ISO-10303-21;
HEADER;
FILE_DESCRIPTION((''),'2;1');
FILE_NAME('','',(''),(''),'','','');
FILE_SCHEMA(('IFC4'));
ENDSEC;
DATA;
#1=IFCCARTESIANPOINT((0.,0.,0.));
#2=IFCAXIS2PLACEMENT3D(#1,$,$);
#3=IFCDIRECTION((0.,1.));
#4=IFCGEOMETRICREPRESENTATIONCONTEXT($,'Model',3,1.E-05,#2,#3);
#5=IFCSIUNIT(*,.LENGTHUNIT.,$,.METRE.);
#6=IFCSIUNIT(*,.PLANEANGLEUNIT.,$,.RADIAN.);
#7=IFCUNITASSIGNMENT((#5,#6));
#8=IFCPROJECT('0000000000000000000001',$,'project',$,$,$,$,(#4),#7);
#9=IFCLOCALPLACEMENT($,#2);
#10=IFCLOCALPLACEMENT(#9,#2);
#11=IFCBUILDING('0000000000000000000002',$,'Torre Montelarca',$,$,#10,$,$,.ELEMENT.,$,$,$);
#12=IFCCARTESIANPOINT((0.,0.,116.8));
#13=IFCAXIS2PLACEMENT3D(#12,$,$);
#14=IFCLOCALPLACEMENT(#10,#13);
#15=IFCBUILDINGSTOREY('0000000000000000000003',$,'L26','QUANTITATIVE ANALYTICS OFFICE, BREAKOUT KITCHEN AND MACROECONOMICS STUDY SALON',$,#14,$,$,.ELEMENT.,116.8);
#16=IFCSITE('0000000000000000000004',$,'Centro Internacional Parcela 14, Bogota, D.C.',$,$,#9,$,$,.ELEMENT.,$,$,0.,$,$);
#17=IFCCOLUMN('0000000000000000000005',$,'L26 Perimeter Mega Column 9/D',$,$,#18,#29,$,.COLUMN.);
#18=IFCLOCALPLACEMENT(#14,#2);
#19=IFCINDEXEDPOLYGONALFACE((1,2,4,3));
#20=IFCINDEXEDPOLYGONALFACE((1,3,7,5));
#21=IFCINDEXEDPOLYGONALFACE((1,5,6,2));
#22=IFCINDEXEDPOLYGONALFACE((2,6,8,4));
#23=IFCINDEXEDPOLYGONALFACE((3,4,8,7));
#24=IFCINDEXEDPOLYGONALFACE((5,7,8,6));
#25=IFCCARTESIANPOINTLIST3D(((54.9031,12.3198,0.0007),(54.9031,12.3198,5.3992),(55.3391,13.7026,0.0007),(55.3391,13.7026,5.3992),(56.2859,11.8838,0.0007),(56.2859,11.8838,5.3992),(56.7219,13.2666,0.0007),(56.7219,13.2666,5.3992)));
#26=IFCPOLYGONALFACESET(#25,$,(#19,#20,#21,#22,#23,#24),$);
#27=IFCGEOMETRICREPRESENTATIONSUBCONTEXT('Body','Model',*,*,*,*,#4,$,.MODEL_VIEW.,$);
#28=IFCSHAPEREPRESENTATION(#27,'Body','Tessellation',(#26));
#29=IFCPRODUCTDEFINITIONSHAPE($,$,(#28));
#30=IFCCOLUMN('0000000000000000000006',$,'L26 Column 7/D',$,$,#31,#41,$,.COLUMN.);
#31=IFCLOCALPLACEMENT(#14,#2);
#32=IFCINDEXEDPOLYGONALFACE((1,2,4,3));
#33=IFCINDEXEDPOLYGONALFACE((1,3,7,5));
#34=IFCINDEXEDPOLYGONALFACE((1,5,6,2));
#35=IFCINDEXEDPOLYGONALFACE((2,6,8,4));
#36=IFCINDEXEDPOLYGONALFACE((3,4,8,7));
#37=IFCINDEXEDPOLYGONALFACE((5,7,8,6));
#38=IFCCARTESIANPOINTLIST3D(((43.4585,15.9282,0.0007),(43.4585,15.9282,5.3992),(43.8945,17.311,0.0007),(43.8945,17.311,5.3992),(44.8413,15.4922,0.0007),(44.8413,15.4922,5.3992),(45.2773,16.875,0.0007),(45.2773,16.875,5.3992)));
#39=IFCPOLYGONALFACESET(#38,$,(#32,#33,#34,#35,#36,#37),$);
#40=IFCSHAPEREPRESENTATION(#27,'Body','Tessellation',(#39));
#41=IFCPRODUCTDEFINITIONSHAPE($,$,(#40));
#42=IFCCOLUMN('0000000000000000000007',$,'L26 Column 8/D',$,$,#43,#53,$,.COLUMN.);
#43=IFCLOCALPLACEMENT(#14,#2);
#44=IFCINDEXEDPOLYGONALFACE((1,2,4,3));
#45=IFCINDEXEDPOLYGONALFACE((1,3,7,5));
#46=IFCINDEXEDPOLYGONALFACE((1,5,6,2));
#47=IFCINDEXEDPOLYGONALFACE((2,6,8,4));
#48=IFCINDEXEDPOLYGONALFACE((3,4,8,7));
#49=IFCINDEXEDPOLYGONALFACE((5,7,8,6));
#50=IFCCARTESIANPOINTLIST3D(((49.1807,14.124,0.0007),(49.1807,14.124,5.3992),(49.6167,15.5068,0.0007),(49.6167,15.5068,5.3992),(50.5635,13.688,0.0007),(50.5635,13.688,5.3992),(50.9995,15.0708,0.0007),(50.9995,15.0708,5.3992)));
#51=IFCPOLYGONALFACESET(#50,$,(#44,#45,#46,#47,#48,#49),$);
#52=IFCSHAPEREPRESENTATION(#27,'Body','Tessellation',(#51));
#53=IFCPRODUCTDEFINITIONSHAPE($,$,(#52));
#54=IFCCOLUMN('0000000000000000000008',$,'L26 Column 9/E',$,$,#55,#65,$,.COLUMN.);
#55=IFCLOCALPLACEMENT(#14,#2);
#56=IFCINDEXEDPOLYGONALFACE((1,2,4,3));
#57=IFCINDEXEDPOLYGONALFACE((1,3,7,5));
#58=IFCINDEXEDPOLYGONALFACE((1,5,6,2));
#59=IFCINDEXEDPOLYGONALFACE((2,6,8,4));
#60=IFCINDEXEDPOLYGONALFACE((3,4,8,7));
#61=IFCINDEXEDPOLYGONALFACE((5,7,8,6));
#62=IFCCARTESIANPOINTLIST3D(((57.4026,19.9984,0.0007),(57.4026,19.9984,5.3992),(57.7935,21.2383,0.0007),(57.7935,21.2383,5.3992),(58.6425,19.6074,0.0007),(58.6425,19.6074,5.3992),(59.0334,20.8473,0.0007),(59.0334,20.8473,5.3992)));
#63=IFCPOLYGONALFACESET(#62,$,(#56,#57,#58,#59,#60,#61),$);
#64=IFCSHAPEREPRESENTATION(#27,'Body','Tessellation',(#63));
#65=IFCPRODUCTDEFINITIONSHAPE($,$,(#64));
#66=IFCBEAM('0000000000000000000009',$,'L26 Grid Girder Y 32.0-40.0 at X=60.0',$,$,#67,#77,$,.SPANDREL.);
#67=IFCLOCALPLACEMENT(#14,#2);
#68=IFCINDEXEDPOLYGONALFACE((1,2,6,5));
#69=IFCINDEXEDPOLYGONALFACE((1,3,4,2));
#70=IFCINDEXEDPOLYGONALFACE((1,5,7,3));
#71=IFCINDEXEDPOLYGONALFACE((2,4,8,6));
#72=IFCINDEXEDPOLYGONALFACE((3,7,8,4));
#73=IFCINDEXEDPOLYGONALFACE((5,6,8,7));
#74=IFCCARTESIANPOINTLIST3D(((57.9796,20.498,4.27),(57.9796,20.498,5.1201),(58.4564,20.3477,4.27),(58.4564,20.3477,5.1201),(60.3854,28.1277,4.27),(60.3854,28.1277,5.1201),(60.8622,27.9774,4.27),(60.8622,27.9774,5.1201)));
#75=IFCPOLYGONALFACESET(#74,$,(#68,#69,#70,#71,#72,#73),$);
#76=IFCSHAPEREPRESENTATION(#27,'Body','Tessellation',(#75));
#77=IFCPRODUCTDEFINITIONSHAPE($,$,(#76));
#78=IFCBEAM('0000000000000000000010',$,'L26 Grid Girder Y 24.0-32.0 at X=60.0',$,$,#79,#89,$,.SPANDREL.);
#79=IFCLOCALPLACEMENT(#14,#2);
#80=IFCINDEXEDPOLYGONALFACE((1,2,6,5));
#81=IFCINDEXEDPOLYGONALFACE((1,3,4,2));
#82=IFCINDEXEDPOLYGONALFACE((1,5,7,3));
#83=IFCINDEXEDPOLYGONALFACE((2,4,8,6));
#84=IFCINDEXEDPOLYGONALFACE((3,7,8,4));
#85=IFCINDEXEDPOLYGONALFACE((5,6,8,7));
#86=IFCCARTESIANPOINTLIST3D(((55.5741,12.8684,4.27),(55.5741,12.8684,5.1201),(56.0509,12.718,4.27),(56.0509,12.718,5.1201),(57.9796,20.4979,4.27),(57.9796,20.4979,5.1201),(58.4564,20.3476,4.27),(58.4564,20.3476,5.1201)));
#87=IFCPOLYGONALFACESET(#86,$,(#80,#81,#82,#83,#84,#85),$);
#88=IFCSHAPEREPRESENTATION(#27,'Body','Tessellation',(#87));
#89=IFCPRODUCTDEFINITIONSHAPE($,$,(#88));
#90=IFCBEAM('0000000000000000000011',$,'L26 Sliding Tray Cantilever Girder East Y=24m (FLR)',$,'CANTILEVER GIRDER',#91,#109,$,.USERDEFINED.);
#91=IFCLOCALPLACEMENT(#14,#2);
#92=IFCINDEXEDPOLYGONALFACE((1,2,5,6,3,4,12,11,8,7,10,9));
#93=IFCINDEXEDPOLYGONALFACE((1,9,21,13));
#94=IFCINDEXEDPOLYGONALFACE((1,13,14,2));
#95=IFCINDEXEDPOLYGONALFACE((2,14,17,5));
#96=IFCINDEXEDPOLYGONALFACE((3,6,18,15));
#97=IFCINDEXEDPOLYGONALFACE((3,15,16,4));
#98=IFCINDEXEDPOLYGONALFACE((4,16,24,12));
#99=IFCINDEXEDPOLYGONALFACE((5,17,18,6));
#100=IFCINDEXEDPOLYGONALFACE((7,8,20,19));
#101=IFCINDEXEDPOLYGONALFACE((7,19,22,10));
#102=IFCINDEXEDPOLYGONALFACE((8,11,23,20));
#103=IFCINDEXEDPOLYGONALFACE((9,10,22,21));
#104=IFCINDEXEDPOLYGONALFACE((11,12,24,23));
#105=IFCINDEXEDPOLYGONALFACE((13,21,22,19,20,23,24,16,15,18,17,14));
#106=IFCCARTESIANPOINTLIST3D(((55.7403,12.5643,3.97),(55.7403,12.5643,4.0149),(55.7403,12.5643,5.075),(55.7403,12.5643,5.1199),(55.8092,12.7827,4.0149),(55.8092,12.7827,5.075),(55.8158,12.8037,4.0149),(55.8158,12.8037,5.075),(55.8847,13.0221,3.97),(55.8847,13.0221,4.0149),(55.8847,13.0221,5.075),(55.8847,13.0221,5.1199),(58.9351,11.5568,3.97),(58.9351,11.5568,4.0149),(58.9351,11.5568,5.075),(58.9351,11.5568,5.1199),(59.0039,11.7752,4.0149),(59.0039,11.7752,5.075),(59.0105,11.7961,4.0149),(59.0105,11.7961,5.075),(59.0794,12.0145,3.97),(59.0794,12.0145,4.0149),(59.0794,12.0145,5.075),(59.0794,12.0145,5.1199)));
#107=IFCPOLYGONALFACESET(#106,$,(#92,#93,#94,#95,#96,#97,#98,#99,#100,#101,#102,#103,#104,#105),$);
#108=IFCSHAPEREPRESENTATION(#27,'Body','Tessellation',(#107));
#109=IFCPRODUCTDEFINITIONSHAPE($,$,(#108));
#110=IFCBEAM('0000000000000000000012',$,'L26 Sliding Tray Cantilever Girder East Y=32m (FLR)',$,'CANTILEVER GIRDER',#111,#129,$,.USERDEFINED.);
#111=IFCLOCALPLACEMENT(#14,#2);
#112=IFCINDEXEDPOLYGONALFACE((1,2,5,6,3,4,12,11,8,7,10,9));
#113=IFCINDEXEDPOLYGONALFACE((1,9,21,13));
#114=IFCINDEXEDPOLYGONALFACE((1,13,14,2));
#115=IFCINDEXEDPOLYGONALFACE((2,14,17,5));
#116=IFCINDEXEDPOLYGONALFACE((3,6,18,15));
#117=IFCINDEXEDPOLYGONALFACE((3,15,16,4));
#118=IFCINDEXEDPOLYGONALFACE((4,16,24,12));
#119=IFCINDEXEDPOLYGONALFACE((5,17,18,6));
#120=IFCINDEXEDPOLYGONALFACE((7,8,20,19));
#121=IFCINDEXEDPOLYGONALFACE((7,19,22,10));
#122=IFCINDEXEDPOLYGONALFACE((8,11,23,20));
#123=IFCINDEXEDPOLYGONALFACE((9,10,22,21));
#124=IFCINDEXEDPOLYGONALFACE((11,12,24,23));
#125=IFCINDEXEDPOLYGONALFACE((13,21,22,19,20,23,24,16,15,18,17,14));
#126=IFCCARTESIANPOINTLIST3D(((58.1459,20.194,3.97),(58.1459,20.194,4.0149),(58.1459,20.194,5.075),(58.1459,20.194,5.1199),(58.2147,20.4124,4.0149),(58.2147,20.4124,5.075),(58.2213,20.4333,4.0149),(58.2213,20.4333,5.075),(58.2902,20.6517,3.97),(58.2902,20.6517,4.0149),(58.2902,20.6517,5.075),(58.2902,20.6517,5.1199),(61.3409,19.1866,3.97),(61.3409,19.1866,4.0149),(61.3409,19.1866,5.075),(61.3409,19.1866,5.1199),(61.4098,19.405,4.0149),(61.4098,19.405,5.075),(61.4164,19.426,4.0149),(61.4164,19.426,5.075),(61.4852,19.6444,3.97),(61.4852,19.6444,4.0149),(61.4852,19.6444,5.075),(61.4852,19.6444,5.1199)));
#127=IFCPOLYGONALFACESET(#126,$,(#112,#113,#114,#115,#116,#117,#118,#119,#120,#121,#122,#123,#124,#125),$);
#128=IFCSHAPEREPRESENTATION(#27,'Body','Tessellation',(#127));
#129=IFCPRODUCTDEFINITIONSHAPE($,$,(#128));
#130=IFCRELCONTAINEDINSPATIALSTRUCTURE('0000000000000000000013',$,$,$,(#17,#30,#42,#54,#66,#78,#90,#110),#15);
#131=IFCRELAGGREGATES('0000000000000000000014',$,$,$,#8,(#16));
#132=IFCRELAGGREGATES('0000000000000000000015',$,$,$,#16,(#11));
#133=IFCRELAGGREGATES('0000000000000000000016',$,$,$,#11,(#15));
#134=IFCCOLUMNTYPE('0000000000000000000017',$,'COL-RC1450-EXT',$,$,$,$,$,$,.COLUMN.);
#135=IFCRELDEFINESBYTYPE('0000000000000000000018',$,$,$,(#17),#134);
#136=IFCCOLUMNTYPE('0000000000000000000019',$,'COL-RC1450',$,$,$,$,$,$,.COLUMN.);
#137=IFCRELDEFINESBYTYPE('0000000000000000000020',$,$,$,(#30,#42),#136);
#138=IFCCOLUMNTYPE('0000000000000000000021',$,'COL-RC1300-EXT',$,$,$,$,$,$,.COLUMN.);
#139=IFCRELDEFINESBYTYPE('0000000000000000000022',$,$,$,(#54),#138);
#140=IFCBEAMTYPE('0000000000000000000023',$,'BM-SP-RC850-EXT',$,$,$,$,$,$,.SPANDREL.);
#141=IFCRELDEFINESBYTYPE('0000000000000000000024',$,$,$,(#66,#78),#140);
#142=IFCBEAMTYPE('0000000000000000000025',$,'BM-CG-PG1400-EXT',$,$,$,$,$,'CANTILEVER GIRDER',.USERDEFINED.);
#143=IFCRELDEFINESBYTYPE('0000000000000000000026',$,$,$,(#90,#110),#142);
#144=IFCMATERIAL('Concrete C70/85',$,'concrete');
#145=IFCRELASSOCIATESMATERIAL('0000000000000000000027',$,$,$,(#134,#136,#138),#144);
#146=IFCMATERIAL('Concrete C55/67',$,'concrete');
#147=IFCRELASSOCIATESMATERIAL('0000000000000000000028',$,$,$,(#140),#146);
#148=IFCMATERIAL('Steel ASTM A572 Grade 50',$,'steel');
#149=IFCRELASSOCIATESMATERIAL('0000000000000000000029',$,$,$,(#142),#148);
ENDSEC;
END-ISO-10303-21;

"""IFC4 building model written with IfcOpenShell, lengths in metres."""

from ifc_helpers import new_model, si_unit, direction, frame, origin, origin_2d, place, context, subcontext, project, spatial, rectangle, i_section, extrude, source, transform, mapped, material, material_profile, profile_set, type_object, element, save


model = new_model("IFC4")

# Units and contexts
model_context = context("Model", 3, precision=1e-05, world=origin(), true_north=direction((0.0, 1.0)))
body_context = subcontext(model_context, "Body", "Model", "MODEL_VIEW")
ifc_project = project(units=[si_unit("LENGTHUNIT", "METRE"), si_unit("PLANEANGLEUNIT", "RADIAN")], contexts=[model_context])

# Site, building, storey
site_placement = place(None, origin())
site = spatial("IfcSite", under=ifc_project, at=site_placement, Name="Centro Internacional Parcela 14, Bogota, D.C.", CompositionType="ELEMENT", RefElevation=0.0)
building_placement = place(site_placement, origin())
building = spatial("IfcBuilding", under=site, at=building_placement, Name="Torre Montelarca", CompositionType="ELEMENT")
storey_placement = place(building_placement, frame((0.0, 0.0, 116.8)))
storey = spatial("IfcBuildingStorey", under=building, at=storey_placement, Name="L26", Description="QUANTITATIVE ANALYTICS OFFICE, BREAKOUT KITCHEN AND MACROECONOMICS STUDY SALON", CompositionType="ELEMENT", Elevation=116.8)

# Columns
ifc_material_1 = material(Name="Concrete C70/85", Category="concrete")
ifc_material_profile_1 = material_profile(ifc_material_1, rectangle(XDim=1.45, YDim=1.45, at=origin_2d()), Name="RC1450X1450", Category="concrete")
ifc_profile_set_1 = profile_set([ifc_material_profile_1], Name="Concrete C70/85")
column_type_1 = type_object("IfcColumnType", Name="COL-RC1450-EXT", PredefinedType="COLUMN", material=ifc_profile_set_1)
shared_shape_1 = source(origin(), body_context, "Body", "SweptSolid", [
    extrude(rectangle(XDim=1.45, YDim=1.45, at=origin_2d()), origin(), (0.0, 0.0, 1.0), 5.3984),
])
column_1_placement = place(storey_placement, frame((55.8125, 12.7932, 0.0007), z_axis=(0.0, 0.0, 1.0), x_axis=(-0.953717, 0.300706, 0.0)))
element("IfcColumn", 1, at=column_1_placement, inside=storey, type_object=column_type_1, Name="L26 Perimeter Mega Column 9/D", PredefinedType="COLUMN", context=body_context, shape_type="MappedRepresentation", body=[
    mapped(shared_shape_1, transform((0.0, 0.0, 0.0), scale=1.0)),
])
ifc_material_profile_2 = material_profile(ifc_material_1, rectangle(XDim=1.45, YDim=1.45, at=origin_2d()), Name="RC1450X1450", Category="concrete")
ifc_profile_set_2 = profile_set([ifc_material_profile_2], Name="Concrete C70/85")
column_type_2 = type_object("IfcColumnType", Name="COL-RC1450", PredefinedType="COLUMN", material=ifc_profile_set_2)
shared_shape_2 = source(origin(), body_context, "Body", "SweptSolid", [
    extrude(rectangle(XDim=1.45, YDim=1.45, at=origin_2d()), origin(), (0.0, 0.0, 1.0), 5.3984),
])
for number, where, z_axis, x_axis, name in (
    (2, (44.3679, 16.4016, 0.0007), (0.0, 0.0, 1.0), (-0.953717, 0.300706, 0.0), "L26 Column 7/D"),
    (3, (50.0901, 14.5974, 0.0007), (0.0, 0.0, 1.0), (-0.953717, 0.300706, 0.0), "L26 Column 8/D"),
):
    element("IfcColumn", number, at=place(storey_placement, frame(where, z_axis=z_axis, x_axis=x_axis)), inside=storey, type_object=column_type_2, Name=name, PredefinedType="COLUMN", context=body_context, shape_type="MappedRepresentation", body=[
        mapped(shared_shape_2, transform((0.0, 0.0, 0.0), scale=1.0)),
    ])
ifc_material_profile_3 = material_profile(ifc_material_1, rectangle(XDim=1.3, YDim=1.3, at=origin_2d()), Name="RC1300X1300", Category="concrete")
ifc_profile_set_3 = profile_set([ifc_material_profile_3], Name="Concrete C70/85")
column_type_3 = type_object("IfcColumnType", Name="COL-RC1300-EXT", PredefinedType="COLUMN", material=ifc_profile_set_3)
shared_shape_3 = source(origin(), body_context, "Body", "SweptSolid", [
    extrude(rectangle(XDim=1.3, YDim=1.3, at=origin_2d()), origin(), (0.0, 0.0, 1.0), 5.3984),
])
column_2_placement = place(storey_placement, frame((58.218, 20.4229, 0.0007), z_axis=(0.0, 0.0, 1.0), x_axis=(-0.953717, 0.300706, 0.0)))
element("IfcColumn", 4, at=column_2_placement, inside=storey, type_object=column_type_3, Name="L26 Column 9/E", PredefinedType="COLUMN", context=body_context, shape_type="MappedRepresentation", body=[
    mapped(shared_shape_3, transform((0.0, 0.0, 0.0), scale=1.0)),
])

# Beams
ifc_material_2 = material(Name="Concrete C55/67", Category="concrete")
ifc_material_profile_4 = material_profile(ifc_material_2, rectangle(XDim=0.5, YDim=0.8501, at=origin_2d()), Name="RCB500X850", Category="concrete")
ifc_profile_set_4 = profile_set([ifc_material_profile_4], Name="Concrete C55/67")
beam_type_1 = type_object("IfcBeamType", Name="BM-SP-RC850-EXT", PredefinedType="SPANDREL", material=ifc_profile_set_4)
shared_shape_4 = source(origin(), body_context, "Body", "SweptSolid", [
    extrude(rectangle(XDim=0.5, YDim=0.8501, at=origin_2d()), origin(), (0.0, 0.0, 1.0), 8.0),
])
beam_1_placement = place(storey_placement, frame((58.218, 20.4229, 4.6951), z_axis=(0.300722, 0.953712, 0.0), x_axis=(-0.953712, 0.300722, 0.0)))
element("IfcBeam", 5, at=beam_1_placement, inside=storey, type_object=beam_type_1, Name="L26 Grid Girder Y 32.0-40.0 at X=60.0", PredefinedType="SPANDREL", context=body_context, shape_type="MappedRepresentation", body=[
    mapped(shared_shape_4, transform((0.0, 0.0, 0.0), scale=1.0)),
])
shared_shape_5 = source(origin(), body_context, "Body", "SweptSolid", [
    extrude(rectangle(XDim=0.5, YDim=0.8501, at=origin_2d()), origin(), (0.0, 0.0, 1.0), 7.9998),
])
beam_2_placement = place(storey_placement, frame((55.8125, 12.7932, 4.6951), z_axis=(0.300695, 0.95372, 0.0), x_axis=(-0.95372, 0.300695, 0.0)))
element("IfcBeam", 6, at=beam_2_placement, inside=storey, type_object=beam_type_1, Name="L26 Grid Girder Y 24.0-32.0 at X=60.0", PredefinedType="SPANDREL", context=body_context, shape_type="MappedRepresentation", body=[
    mapped(shared_shape_5, transform((0.0, 0.0, 0.0), scale=1.0)),
])
ifc_material_3 = material(Name="Steel ASTM A572 Grade 50", Category="steel")
ifc_material_profile_5 = material_profile(ifc_material_3, i_section(OverallWidth=0.48, OverallDepth=1.1499, WebThickness=0.022, FlangeThickness=0.0449, at=origin_2d()), Name="PG1150X480X22X45", Category="steel")
ifc_profile_set_5 = profile_set([ifc_material_profile_5], Name="Steel ASTM A572 Grade 50")
beam_type_2 = type_object("IfcBeamType", Name="BM-CG-PG1400-EXT", ElementType="CANTILEVER GIRDER", PredefinedType="USERDEFINED", material=ifc_profile_set_5)
shared_shape_6 = source(origin(), body_context, "Body", "SweptSolid", [
    extrude(i_section(OverallWidth=0.48, OverallDepth=1.1499, WebThickness=0.022, FlangeThickness=0.0449, at=origin_2d()), origin(), (0.0, 0.0, 1.0), 3.3499),
])
beam_3_placement = place(storey_placement, frame((55.8125, 12.7932, 4.5449), z_axis=(0.953696, -0.300772, 0.0), x_axis=(0.300772, 0.953696, 0.0)))
element("IfcBeam", 7, at=beam_3_placement, inside=storey, type_object=beam_type_2, Name="L26 Sliding Tray Cantilever Girder East Y=24m (FLR)", ObjectType="CANTILEVER GIRDER", PredefinedType="USERDEFINED", context=body_context, shape_type="MappedRepresentation", body=[
    mapped(shared_shape_6, transform((0.0, 0.0, 0.0), scale=1.0)),
])
shared_shape_7 = source(origin(), body_context, "Body", "SweptSolid", [
    extrude(i_section(OverallWidth=0.48, OverallDepth=1.1499, WebThickness=0.022, FlangeThickness=0.0449, at=origin_2d()), origin(), (0.0, 0.0, 1.0), 3.3501),
])
beam_4_placement = place(storey_placement, frame((58.218, 20.4229, 4.5449), z_axis=(0.953724, -0.300685, 0.0), x_axis=(0.300685, 0.953724, 0.0)))
element("IfcBeam", 8, at=beam_4_placement, inside=storey, type_object=beam_type_2, Name="L26 Sliding Tray Cantilever Girder East Y=32m (FLR)", ObjectType="CANTILEVER GIRDER", PredefinedType="USERDEFINED", context=body_context, shape_type="MappedRepresentation", body=[
    mapped(shared_shape_7, transform((0.0, 0.0, 0.0), scale=1.0)),
])

save(model, "model.ifc")
